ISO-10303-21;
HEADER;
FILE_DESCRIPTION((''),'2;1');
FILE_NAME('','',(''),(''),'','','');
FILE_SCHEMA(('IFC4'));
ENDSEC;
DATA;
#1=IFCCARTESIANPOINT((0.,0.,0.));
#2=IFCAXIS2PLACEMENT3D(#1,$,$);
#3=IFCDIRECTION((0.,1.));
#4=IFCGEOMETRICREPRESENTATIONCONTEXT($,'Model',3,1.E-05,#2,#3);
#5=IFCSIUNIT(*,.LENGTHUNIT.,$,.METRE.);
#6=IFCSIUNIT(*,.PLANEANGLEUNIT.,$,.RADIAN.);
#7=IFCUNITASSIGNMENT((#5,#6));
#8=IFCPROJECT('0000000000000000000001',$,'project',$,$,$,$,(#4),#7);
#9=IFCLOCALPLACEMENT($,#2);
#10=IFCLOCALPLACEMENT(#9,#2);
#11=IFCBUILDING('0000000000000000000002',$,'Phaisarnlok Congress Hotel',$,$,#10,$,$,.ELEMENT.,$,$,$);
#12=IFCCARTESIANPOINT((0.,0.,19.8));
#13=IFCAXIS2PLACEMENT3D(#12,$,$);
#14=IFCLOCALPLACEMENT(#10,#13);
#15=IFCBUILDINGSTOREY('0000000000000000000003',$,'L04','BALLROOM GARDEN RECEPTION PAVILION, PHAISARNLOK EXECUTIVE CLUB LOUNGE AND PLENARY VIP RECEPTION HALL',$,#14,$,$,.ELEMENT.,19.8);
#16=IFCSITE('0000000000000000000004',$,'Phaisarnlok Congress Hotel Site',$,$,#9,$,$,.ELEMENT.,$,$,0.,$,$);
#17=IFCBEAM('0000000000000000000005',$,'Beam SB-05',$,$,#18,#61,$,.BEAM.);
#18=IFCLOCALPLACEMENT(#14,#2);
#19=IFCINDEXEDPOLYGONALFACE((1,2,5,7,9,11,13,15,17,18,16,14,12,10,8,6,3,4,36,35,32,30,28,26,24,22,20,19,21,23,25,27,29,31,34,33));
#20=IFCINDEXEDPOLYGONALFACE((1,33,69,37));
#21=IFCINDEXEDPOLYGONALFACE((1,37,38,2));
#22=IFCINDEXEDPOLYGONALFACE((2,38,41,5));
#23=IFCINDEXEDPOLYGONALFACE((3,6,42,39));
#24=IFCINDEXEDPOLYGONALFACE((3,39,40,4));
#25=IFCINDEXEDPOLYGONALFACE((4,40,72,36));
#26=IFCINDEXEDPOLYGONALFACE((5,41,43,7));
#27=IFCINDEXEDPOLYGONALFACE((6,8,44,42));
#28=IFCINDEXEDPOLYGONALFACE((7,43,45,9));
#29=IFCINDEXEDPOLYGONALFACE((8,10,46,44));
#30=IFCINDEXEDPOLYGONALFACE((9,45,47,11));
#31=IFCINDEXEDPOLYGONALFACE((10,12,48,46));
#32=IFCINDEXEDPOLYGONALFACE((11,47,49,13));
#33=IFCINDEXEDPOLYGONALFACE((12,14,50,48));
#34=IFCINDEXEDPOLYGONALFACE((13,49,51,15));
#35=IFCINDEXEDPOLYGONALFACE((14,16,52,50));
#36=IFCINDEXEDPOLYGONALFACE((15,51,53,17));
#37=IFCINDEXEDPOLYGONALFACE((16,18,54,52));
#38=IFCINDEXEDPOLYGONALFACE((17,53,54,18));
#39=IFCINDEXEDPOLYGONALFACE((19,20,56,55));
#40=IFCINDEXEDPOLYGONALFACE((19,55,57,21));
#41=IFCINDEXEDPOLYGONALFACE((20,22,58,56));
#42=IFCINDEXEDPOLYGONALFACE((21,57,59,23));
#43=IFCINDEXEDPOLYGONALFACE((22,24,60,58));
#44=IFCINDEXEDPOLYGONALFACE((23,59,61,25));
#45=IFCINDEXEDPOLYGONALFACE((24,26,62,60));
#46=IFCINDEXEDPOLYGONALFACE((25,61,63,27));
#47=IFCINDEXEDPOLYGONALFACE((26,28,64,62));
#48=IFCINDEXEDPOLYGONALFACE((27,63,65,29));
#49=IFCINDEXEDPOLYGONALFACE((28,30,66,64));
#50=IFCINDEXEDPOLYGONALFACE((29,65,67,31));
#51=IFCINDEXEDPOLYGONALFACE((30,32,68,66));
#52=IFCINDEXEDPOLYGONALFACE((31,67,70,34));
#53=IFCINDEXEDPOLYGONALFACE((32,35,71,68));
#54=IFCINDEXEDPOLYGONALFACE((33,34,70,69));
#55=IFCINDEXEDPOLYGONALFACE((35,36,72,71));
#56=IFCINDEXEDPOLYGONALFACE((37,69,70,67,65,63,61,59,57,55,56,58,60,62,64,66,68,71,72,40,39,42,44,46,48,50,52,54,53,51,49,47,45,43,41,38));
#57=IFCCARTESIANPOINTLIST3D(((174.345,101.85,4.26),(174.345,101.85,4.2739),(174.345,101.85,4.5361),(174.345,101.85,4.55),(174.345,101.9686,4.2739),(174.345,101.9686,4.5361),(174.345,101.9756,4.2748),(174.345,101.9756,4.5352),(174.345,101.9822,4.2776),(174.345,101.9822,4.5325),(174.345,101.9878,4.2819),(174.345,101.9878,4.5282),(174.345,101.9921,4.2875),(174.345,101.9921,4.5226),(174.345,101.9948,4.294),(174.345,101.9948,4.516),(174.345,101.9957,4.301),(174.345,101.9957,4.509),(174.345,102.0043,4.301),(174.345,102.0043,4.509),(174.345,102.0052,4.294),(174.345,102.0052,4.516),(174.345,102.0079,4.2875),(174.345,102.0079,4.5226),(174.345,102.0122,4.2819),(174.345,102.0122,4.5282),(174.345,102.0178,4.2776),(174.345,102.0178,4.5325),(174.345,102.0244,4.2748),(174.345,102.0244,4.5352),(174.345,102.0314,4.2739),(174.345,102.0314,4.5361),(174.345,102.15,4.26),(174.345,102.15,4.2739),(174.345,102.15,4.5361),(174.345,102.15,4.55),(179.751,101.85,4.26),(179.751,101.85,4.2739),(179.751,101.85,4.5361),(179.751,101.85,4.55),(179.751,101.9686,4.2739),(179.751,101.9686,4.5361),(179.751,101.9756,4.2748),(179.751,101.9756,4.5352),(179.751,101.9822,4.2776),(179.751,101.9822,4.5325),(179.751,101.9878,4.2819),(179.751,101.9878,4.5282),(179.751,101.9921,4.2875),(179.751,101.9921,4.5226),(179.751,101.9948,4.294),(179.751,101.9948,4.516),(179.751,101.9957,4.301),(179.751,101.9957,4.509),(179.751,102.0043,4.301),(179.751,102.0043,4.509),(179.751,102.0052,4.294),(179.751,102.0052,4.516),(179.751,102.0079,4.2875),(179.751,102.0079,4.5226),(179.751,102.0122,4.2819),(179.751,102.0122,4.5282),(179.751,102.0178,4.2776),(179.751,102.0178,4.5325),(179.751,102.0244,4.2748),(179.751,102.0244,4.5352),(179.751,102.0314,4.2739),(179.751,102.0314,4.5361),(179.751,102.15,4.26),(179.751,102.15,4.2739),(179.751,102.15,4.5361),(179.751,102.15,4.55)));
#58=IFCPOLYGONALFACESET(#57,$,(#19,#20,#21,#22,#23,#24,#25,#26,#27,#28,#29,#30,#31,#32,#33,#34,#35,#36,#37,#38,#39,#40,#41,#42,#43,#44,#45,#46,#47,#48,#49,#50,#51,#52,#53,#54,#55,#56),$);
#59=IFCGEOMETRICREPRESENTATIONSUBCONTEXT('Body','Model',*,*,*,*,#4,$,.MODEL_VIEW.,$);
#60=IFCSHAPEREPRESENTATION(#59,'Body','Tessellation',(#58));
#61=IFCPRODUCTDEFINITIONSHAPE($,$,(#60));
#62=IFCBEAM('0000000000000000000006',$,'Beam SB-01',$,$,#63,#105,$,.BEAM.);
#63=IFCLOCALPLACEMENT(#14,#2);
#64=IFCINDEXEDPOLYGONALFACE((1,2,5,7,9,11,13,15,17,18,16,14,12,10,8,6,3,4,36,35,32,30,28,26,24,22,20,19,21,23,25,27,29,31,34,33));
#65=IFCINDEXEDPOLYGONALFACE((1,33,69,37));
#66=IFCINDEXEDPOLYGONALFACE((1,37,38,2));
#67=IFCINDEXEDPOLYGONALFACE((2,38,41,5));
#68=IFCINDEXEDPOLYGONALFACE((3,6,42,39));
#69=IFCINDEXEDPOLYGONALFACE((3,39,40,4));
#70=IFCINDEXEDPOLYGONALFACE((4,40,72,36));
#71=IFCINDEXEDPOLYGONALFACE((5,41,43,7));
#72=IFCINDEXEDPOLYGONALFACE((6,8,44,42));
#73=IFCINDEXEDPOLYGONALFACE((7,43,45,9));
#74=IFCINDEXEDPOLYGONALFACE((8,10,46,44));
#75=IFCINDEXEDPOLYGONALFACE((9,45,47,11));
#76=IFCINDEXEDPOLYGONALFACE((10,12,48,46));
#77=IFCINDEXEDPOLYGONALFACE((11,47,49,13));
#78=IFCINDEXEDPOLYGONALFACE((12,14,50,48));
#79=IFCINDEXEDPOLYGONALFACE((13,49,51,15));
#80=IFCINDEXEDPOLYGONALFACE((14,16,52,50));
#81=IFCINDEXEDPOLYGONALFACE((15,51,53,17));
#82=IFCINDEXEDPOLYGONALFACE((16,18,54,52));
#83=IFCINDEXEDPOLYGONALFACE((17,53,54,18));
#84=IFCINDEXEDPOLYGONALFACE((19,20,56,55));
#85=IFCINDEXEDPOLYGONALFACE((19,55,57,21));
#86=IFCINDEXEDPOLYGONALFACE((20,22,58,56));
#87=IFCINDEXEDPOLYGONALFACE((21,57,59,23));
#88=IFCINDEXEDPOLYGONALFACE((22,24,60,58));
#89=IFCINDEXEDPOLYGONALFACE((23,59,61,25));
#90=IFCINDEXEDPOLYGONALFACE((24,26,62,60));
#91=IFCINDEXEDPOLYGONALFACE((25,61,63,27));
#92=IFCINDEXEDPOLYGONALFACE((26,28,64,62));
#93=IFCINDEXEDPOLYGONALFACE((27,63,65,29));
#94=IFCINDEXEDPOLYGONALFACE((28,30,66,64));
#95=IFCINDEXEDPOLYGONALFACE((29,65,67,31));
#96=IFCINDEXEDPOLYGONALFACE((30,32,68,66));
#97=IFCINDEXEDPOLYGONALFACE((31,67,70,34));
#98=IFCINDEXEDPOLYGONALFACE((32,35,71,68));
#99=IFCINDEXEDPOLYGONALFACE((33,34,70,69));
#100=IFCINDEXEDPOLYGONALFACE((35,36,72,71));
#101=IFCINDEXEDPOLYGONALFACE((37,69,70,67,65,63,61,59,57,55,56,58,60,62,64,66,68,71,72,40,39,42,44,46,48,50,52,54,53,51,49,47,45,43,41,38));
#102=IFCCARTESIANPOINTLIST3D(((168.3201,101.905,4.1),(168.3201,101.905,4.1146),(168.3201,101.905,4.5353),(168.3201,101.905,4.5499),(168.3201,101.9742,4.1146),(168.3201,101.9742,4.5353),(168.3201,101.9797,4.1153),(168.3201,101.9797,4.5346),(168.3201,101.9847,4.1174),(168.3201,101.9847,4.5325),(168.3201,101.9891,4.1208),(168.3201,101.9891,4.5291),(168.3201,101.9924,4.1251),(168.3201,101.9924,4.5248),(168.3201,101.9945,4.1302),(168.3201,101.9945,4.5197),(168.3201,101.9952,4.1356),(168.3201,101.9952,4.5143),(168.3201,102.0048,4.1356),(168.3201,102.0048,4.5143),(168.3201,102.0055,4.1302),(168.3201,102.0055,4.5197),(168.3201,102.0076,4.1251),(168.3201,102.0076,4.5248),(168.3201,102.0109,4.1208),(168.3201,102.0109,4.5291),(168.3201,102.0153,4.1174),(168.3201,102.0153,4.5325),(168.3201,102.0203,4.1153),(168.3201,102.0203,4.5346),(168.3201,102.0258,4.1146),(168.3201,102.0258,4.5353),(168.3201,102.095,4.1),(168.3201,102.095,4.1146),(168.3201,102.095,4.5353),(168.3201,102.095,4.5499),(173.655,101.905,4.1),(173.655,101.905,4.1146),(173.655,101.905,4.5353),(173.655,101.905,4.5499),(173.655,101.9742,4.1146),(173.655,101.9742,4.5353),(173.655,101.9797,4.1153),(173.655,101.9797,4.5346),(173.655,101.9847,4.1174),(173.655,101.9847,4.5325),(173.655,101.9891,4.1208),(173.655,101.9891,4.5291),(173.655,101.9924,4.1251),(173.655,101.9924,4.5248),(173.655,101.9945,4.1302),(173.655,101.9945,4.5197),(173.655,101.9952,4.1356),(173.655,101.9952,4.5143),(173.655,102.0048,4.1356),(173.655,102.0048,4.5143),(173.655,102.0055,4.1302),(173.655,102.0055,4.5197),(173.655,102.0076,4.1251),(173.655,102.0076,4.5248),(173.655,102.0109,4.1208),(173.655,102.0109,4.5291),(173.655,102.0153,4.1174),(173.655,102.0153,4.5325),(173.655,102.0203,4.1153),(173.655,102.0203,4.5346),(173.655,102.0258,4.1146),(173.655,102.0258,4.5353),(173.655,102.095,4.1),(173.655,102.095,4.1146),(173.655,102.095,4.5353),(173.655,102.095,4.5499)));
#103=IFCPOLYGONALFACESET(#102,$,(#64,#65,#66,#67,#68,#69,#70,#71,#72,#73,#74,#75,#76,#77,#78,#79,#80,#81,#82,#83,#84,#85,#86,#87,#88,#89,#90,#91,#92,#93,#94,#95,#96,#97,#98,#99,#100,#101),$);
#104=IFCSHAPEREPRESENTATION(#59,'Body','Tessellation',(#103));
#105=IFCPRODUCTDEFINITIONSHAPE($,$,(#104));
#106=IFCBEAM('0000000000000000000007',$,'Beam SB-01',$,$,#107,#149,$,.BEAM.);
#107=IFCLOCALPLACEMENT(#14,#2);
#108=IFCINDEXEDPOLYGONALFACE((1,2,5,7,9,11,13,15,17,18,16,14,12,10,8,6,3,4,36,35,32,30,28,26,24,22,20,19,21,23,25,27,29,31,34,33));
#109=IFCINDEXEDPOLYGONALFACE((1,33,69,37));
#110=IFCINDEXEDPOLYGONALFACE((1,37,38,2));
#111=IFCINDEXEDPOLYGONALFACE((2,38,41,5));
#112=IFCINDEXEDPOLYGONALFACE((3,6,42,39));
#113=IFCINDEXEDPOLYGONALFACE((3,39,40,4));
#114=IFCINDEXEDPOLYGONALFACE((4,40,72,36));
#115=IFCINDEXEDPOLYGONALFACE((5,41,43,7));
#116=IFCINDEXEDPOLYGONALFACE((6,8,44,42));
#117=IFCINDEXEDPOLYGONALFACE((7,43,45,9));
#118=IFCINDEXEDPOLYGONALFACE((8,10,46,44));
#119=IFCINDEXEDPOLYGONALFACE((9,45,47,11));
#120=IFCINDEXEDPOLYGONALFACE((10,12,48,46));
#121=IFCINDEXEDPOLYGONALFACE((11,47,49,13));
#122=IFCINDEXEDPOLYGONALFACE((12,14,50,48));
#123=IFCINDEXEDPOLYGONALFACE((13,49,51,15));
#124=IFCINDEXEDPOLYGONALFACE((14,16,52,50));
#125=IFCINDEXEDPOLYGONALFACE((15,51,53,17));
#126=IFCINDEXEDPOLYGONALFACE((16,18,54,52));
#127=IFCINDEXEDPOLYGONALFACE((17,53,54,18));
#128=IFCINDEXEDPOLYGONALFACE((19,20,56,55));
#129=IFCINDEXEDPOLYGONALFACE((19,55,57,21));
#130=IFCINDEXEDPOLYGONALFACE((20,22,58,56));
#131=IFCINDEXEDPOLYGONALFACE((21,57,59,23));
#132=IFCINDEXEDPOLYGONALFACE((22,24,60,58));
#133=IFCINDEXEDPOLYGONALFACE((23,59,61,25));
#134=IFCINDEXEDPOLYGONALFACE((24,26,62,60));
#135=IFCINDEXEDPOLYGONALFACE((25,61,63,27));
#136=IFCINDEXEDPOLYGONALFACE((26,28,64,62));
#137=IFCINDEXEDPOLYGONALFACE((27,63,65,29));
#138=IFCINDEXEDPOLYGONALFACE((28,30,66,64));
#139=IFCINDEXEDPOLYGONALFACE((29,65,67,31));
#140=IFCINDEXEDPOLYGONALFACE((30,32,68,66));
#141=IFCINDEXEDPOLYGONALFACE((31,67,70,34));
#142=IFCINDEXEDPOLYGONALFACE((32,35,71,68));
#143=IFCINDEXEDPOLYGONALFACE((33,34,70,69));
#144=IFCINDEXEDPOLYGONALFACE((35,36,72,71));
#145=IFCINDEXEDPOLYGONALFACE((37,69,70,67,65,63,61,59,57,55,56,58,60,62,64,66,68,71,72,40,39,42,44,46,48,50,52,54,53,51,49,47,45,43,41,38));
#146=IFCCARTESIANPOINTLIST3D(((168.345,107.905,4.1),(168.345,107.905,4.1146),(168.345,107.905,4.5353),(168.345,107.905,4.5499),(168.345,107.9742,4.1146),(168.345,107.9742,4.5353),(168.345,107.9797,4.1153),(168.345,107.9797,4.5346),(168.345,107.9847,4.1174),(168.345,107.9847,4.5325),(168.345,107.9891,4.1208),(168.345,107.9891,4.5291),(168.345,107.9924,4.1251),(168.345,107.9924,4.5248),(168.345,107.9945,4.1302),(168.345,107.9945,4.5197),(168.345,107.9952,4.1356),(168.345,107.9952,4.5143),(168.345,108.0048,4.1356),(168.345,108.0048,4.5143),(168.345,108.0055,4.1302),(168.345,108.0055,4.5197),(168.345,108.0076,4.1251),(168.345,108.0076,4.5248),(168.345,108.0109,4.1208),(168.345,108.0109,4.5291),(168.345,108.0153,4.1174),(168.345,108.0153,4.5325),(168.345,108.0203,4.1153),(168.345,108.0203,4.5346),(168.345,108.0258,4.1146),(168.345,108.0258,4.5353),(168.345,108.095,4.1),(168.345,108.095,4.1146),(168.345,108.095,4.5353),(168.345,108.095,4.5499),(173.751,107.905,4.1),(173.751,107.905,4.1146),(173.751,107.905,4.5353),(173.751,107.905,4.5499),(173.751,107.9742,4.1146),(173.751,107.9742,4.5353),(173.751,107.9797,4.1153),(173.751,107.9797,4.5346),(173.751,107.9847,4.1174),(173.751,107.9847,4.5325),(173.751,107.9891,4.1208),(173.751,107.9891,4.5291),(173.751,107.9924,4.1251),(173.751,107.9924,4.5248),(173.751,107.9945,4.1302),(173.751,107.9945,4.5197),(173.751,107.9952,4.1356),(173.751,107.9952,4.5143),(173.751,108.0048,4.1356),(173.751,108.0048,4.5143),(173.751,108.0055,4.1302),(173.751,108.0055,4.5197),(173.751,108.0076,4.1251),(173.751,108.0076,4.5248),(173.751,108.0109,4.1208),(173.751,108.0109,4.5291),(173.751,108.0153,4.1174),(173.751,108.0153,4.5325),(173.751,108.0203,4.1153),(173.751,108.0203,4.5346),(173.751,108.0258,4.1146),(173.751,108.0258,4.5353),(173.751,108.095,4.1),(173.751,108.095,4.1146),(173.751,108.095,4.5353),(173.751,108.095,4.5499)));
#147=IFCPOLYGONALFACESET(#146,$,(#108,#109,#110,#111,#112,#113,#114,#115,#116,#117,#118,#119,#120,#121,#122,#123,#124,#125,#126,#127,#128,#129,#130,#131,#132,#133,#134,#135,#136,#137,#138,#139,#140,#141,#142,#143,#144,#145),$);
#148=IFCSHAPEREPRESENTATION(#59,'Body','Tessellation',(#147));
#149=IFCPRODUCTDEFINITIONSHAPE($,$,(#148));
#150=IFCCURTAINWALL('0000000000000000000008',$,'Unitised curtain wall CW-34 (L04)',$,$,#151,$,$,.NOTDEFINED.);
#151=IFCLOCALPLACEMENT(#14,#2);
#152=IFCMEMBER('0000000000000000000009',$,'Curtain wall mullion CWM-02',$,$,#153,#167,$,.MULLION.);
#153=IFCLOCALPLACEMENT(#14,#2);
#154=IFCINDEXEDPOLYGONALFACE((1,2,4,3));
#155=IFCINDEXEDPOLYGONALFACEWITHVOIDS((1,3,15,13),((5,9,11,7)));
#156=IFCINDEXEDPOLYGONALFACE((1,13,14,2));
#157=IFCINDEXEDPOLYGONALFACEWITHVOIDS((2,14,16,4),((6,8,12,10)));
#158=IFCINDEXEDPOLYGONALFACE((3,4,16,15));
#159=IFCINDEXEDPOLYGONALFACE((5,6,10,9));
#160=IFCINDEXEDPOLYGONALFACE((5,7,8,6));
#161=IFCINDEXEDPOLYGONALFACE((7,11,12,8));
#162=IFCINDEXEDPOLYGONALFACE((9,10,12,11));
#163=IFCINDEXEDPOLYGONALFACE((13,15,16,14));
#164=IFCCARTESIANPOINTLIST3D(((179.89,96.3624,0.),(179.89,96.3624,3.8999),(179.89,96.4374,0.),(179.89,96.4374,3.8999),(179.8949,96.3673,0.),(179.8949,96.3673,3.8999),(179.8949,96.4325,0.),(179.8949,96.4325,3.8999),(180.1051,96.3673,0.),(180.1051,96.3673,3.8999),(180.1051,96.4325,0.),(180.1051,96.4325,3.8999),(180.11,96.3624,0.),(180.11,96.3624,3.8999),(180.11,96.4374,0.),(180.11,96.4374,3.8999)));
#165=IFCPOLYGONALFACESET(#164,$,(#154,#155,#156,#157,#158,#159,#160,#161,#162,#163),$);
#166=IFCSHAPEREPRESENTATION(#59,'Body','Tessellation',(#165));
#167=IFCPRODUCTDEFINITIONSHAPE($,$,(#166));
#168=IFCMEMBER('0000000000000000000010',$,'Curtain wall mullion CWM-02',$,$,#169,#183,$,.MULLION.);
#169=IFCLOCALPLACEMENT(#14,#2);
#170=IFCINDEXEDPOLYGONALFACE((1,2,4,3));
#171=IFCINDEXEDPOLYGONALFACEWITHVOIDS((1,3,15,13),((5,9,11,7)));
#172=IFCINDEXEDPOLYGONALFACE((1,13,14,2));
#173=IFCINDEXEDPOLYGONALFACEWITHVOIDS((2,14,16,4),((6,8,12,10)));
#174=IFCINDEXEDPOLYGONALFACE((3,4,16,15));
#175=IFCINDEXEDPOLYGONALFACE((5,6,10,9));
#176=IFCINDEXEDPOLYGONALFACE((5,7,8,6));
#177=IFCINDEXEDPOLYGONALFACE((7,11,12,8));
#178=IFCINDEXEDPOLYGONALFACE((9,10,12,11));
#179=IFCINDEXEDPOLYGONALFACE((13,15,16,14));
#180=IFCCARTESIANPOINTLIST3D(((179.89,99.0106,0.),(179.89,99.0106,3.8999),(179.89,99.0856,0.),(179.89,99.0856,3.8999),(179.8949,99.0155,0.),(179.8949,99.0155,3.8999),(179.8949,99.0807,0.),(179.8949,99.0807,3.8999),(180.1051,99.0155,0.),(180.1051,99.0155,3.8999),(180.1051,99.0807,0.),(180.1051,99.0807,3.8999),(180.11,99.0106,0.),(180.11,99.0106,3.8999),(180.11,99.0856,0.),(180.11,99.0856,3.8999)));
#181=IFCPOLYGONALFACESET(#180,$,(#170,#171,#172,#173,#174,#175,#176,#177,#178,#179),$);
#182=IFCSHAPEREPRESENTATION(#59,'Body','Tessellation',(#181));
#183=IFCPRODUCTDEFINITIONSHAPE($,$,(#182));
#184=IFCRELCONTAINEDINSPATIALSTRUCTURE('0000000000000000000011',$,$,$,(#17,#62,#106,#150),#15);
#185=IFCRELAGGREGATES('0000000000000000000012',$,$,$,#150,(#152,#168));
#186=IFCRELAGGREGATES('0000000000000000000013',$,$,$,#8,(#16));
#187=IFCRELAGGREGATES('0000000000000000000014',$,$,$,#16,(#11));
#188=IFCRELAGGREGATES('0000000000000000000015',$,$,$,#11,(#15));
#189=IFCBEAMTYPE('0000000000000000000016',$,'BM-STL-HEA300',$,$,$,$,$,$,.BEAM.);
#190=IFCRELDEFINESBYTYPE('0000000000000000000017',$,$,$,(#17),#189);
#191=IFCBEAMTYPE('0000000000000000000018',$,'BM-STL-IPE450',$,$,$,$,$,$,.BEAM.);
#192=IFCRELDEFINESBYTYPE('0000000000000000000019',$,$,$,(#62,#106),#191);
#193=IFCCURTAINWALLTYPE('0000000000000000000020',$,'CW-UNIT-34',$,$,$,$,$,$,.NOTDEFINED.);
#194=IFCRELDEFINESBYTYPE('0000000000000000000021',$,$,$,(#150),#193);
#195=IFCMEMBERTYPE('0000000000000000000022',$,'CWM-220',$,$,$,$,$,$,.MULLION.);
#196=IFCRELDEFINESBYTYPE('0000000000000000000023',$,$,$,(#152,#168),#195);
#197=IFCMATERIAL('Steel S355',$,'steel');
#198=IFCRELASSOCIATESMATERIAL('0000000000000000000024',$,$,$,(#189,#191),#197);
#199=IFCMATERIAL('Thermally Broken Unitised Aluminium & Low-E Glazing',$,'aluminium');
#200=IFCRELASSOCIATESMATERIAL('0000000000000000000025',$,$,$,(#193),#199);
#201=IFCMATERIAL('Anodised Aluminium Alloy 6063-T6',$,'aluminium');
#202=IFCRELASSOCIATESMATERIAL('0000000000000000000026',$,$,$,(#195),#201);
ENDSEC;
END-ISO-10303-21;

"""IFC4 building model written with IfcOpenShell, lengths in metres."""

from ifc_helpers import new_model, si_unit, direction, frame, origin, origin_2d, place, context, subcontext, project, spatial, hollow_rectangle, i_section, extrude, material, material_profile, profile_set, type_object, element, aggregate, save


model = new_model("IFC4")

# Units and contexts
model_context = context("Model", 3, precision=1e-05, world=origin(), true_north=direction((0.0, 1.0)))
body_context = subcontext(model_context, "Body", "Model", "MODEL_VIEW")
ifc_project = project(units=[si_unit("LENGTHUNIT", "METRE"), si_unit("PLANEANGLEUNIT", "RADIAN")], contexts=[model_context])

# Site, building, storey
site_placement = place(None, origin())
site = spatial("IfcSite", under=ifc_project, at=site_placement, Name="Phaisarnlok Congress Hotel Site", CompositionType="ELEMENT", RefElevation=0.0)
building_placement = place(site_placement, origin())
building = spatial("IfcBuilding", under=site, at=building_placement, Name="Phaisarnlok Congress Hotel", CompositionType="ELEMENT")
storey_placement = place(building_placement, frame((0.0, 0.0, 19.8)))
storey = spatial("IfcBuildingStorey", under=building, at=storey_placement, Name="L04", Description="BALLROOM GARDEN RECEPTION PAVILION, PHAISARNLOK EXECUTIVE CLUB LOUNGE AND PLENARY VIP RECEPTION HALL", CompositionType="ELEMENT", Elevation=19.8)

# Shared definitions
ifc_material_1 = material(Name="Steel S355", Category="steel")

# Beams
ifc_material_profile_1 = material_profile(ifc_material_1, i_section(OverallWidth=0.3, OverallDepth=0.29, WebThickness=0.0085, FlangeThickness=0.0139, FilletRadius=0.0271, at=origin_2d()), Name="HEA 300")
ifc_profile_set_1 = profile_set([ifc_material_profile_1], Name="Steel S355")
beam_type_1 = type_object("IfcBeamType", Name="BM-STL-HEA300", PredefinedType="BEAM", material=ifc_profile_set_1)
beam_1_placement = place(storey_placement, frame((174.345, 102.0, 4.405), z_axis=(1.0, 0.0, 0.0), x_axis=(0.0, 1.0, 0.0)))
element("IfcBeam", 1, at=beam_1_placement, inside=storey, type_object=beam_type_1, Name="Beam SB-05", PredefinedType="BEAM", context=body_context, shape_type="SweptSolid", body=[
    extrude(i_section(OverallWidth=0.3, OverallDepth=0.29, WebThickness=0.0085, FlangeThickness=0.0139, FilletRadius=0.0271, at=origin_2d()), origin(), (0.0, 0.0, 1.0), 5.406),
])
ifc_material_profile_2 = material_profile(ifc_material_1, i_section(OverallWidth=0.1899, OverallDepth=0.45, WebThickness=0.0095, FlangeThickness=0.0146, FilletRadius=0.021, at=origin_2d()), Name="IPE 450")
ifc_profile_set_2 = profile_set([ifc_material_profile_2], Name="Steel S355")
beam_type_2 = type_object("IfcBeamType", Name="BM-STL-IPE450", PredefinedType="BEAM", material=ifc_profile_set_2)
beam_2_placement = place(storey_placement, frame((168.3201, 102.0, 4.325), z_axis=(1.0, 0.0, 0.0), x_axis=(0.0, 1.0, 0.0)))
element("IfcBeam", 2, at=beam_2_placement, inside=storey, type_object=beam_type_2, Name="Beam SB-01", PredefinedType="BEAM", context=body_context, shape_type="SweptSolid", body=[
    extrude(i_section(OverallWidth=0.1899, OverallDepth=0.45, WebThickness=0.0095, FlangeThickness=0.0146, FilletRadius=0.021, at=origin_2d()), origin(), (0.0, 0.0, 1.0), 5.335),
])
beam_3_placement = place(storey_placement, frame((168.345, 108.0, 4.325), z_axis=(1.0, 0.0, 0.0), x_axis=(0.0, 1.0, 0.0)))
element("IfcBeam", 3, at=beam_3_placement, inside=storey, type_object=beam_type_2, Name="Beam SB-01", PredefinedType="BEAM", context=body_context, shape_type="SweptSolid", body=[
    extrude(i_section(OverallWidth=0.1899, OverallDepth=0.45, WebThickness=0.0095, FlangeThickness=0.0146, FilletRadius=0.021, at=origin_2d()), origin(), (0.0, 0.0, 1.0), 5.406),
])

# Curtain wall, members
ifc_material_2 = material(Name="Thermally Broken Unitised Aluminium & Low-E Glazing", Category="aluminium")
curtain_wall_type = type_object("IfcCurtainWallType", Name="CW-UNIT-34", PredefinedType="NOTDEFINED", material=ifc_material_2)
curtain_wall_placement = place(storey_placement, origin())
curtain_wall = element("IfcCurtainWall", 4, at=curtain_wall_placement, inside=storey, type_object=curtain_wall_type, Name="Unitised curtain wall CW-34 (L04)", PredefinedType="NOTDEFINED")
ifc_material_3 = material(Name="Anodised Aluminium Alloy 6063-T6", Category="aluminium")
ifc_material_profile_3 = material_profile(ifc_material_3, hollow_rectangle(XDim=0.075, YDim=0.22, WallThickness=0.0049, at=origin_2d()), Name="ALU-M 75x220x5")
ifc_profile_set_3 = profile_set([ifc_material_profile_3], Name="Anodised Aluminium Alloy 6063-T6")
member_type_1 = type_object("IfcMemberType", Name="CWM-220", PredefinedType="MULLION", material=ifc_profile_set_3)
member_1_placement = place(storey_placement, frame((180.0, 96.3999, 0.0), z_axis=(0.0, 0.0, 1.0), x_axis=(0.0, 1.0, 0.0)))
member_1 = element("IfcMember", 5, at=member_1_placement, type_object=member_type_1, Name="Curtain wall mullion CWM-02", PredefinedType="MULLION", context=body_context, shape_type="SweptSolid", body=[
    extrude(hollow_rectangle(XDim=0.075, YDim=0.22, WallThickness=0.0049, at=origin_2d()), origin(), (0.0, 0.0, 1.0), 3.8999),
])
member_2_placement = place(storey_placement, frame((180.0, 99.0481, 0.0), z_axis=(0.0, 0.0, 1.0), x_axis=(0.0, 1.0, 0.0)))
member_2 = element("IfcMember", 6, at=member_2_placement, type_object=member_type_1, Name="Curtain wall mullion CWM-02", PredefinedType="MULLION", context=body_context, shape_type="SweptSolid", body=[
    extrude(hollow_rectangle(XDim=0.075, YDim=0.22, WallThickness=0.0049, at=origin_2d()), origin(), (0.0, 0.0, 1.0), 3.8999),
])

aggregate(curtain_wall, [member_1, member_2])

save(model, "model.ifc")
